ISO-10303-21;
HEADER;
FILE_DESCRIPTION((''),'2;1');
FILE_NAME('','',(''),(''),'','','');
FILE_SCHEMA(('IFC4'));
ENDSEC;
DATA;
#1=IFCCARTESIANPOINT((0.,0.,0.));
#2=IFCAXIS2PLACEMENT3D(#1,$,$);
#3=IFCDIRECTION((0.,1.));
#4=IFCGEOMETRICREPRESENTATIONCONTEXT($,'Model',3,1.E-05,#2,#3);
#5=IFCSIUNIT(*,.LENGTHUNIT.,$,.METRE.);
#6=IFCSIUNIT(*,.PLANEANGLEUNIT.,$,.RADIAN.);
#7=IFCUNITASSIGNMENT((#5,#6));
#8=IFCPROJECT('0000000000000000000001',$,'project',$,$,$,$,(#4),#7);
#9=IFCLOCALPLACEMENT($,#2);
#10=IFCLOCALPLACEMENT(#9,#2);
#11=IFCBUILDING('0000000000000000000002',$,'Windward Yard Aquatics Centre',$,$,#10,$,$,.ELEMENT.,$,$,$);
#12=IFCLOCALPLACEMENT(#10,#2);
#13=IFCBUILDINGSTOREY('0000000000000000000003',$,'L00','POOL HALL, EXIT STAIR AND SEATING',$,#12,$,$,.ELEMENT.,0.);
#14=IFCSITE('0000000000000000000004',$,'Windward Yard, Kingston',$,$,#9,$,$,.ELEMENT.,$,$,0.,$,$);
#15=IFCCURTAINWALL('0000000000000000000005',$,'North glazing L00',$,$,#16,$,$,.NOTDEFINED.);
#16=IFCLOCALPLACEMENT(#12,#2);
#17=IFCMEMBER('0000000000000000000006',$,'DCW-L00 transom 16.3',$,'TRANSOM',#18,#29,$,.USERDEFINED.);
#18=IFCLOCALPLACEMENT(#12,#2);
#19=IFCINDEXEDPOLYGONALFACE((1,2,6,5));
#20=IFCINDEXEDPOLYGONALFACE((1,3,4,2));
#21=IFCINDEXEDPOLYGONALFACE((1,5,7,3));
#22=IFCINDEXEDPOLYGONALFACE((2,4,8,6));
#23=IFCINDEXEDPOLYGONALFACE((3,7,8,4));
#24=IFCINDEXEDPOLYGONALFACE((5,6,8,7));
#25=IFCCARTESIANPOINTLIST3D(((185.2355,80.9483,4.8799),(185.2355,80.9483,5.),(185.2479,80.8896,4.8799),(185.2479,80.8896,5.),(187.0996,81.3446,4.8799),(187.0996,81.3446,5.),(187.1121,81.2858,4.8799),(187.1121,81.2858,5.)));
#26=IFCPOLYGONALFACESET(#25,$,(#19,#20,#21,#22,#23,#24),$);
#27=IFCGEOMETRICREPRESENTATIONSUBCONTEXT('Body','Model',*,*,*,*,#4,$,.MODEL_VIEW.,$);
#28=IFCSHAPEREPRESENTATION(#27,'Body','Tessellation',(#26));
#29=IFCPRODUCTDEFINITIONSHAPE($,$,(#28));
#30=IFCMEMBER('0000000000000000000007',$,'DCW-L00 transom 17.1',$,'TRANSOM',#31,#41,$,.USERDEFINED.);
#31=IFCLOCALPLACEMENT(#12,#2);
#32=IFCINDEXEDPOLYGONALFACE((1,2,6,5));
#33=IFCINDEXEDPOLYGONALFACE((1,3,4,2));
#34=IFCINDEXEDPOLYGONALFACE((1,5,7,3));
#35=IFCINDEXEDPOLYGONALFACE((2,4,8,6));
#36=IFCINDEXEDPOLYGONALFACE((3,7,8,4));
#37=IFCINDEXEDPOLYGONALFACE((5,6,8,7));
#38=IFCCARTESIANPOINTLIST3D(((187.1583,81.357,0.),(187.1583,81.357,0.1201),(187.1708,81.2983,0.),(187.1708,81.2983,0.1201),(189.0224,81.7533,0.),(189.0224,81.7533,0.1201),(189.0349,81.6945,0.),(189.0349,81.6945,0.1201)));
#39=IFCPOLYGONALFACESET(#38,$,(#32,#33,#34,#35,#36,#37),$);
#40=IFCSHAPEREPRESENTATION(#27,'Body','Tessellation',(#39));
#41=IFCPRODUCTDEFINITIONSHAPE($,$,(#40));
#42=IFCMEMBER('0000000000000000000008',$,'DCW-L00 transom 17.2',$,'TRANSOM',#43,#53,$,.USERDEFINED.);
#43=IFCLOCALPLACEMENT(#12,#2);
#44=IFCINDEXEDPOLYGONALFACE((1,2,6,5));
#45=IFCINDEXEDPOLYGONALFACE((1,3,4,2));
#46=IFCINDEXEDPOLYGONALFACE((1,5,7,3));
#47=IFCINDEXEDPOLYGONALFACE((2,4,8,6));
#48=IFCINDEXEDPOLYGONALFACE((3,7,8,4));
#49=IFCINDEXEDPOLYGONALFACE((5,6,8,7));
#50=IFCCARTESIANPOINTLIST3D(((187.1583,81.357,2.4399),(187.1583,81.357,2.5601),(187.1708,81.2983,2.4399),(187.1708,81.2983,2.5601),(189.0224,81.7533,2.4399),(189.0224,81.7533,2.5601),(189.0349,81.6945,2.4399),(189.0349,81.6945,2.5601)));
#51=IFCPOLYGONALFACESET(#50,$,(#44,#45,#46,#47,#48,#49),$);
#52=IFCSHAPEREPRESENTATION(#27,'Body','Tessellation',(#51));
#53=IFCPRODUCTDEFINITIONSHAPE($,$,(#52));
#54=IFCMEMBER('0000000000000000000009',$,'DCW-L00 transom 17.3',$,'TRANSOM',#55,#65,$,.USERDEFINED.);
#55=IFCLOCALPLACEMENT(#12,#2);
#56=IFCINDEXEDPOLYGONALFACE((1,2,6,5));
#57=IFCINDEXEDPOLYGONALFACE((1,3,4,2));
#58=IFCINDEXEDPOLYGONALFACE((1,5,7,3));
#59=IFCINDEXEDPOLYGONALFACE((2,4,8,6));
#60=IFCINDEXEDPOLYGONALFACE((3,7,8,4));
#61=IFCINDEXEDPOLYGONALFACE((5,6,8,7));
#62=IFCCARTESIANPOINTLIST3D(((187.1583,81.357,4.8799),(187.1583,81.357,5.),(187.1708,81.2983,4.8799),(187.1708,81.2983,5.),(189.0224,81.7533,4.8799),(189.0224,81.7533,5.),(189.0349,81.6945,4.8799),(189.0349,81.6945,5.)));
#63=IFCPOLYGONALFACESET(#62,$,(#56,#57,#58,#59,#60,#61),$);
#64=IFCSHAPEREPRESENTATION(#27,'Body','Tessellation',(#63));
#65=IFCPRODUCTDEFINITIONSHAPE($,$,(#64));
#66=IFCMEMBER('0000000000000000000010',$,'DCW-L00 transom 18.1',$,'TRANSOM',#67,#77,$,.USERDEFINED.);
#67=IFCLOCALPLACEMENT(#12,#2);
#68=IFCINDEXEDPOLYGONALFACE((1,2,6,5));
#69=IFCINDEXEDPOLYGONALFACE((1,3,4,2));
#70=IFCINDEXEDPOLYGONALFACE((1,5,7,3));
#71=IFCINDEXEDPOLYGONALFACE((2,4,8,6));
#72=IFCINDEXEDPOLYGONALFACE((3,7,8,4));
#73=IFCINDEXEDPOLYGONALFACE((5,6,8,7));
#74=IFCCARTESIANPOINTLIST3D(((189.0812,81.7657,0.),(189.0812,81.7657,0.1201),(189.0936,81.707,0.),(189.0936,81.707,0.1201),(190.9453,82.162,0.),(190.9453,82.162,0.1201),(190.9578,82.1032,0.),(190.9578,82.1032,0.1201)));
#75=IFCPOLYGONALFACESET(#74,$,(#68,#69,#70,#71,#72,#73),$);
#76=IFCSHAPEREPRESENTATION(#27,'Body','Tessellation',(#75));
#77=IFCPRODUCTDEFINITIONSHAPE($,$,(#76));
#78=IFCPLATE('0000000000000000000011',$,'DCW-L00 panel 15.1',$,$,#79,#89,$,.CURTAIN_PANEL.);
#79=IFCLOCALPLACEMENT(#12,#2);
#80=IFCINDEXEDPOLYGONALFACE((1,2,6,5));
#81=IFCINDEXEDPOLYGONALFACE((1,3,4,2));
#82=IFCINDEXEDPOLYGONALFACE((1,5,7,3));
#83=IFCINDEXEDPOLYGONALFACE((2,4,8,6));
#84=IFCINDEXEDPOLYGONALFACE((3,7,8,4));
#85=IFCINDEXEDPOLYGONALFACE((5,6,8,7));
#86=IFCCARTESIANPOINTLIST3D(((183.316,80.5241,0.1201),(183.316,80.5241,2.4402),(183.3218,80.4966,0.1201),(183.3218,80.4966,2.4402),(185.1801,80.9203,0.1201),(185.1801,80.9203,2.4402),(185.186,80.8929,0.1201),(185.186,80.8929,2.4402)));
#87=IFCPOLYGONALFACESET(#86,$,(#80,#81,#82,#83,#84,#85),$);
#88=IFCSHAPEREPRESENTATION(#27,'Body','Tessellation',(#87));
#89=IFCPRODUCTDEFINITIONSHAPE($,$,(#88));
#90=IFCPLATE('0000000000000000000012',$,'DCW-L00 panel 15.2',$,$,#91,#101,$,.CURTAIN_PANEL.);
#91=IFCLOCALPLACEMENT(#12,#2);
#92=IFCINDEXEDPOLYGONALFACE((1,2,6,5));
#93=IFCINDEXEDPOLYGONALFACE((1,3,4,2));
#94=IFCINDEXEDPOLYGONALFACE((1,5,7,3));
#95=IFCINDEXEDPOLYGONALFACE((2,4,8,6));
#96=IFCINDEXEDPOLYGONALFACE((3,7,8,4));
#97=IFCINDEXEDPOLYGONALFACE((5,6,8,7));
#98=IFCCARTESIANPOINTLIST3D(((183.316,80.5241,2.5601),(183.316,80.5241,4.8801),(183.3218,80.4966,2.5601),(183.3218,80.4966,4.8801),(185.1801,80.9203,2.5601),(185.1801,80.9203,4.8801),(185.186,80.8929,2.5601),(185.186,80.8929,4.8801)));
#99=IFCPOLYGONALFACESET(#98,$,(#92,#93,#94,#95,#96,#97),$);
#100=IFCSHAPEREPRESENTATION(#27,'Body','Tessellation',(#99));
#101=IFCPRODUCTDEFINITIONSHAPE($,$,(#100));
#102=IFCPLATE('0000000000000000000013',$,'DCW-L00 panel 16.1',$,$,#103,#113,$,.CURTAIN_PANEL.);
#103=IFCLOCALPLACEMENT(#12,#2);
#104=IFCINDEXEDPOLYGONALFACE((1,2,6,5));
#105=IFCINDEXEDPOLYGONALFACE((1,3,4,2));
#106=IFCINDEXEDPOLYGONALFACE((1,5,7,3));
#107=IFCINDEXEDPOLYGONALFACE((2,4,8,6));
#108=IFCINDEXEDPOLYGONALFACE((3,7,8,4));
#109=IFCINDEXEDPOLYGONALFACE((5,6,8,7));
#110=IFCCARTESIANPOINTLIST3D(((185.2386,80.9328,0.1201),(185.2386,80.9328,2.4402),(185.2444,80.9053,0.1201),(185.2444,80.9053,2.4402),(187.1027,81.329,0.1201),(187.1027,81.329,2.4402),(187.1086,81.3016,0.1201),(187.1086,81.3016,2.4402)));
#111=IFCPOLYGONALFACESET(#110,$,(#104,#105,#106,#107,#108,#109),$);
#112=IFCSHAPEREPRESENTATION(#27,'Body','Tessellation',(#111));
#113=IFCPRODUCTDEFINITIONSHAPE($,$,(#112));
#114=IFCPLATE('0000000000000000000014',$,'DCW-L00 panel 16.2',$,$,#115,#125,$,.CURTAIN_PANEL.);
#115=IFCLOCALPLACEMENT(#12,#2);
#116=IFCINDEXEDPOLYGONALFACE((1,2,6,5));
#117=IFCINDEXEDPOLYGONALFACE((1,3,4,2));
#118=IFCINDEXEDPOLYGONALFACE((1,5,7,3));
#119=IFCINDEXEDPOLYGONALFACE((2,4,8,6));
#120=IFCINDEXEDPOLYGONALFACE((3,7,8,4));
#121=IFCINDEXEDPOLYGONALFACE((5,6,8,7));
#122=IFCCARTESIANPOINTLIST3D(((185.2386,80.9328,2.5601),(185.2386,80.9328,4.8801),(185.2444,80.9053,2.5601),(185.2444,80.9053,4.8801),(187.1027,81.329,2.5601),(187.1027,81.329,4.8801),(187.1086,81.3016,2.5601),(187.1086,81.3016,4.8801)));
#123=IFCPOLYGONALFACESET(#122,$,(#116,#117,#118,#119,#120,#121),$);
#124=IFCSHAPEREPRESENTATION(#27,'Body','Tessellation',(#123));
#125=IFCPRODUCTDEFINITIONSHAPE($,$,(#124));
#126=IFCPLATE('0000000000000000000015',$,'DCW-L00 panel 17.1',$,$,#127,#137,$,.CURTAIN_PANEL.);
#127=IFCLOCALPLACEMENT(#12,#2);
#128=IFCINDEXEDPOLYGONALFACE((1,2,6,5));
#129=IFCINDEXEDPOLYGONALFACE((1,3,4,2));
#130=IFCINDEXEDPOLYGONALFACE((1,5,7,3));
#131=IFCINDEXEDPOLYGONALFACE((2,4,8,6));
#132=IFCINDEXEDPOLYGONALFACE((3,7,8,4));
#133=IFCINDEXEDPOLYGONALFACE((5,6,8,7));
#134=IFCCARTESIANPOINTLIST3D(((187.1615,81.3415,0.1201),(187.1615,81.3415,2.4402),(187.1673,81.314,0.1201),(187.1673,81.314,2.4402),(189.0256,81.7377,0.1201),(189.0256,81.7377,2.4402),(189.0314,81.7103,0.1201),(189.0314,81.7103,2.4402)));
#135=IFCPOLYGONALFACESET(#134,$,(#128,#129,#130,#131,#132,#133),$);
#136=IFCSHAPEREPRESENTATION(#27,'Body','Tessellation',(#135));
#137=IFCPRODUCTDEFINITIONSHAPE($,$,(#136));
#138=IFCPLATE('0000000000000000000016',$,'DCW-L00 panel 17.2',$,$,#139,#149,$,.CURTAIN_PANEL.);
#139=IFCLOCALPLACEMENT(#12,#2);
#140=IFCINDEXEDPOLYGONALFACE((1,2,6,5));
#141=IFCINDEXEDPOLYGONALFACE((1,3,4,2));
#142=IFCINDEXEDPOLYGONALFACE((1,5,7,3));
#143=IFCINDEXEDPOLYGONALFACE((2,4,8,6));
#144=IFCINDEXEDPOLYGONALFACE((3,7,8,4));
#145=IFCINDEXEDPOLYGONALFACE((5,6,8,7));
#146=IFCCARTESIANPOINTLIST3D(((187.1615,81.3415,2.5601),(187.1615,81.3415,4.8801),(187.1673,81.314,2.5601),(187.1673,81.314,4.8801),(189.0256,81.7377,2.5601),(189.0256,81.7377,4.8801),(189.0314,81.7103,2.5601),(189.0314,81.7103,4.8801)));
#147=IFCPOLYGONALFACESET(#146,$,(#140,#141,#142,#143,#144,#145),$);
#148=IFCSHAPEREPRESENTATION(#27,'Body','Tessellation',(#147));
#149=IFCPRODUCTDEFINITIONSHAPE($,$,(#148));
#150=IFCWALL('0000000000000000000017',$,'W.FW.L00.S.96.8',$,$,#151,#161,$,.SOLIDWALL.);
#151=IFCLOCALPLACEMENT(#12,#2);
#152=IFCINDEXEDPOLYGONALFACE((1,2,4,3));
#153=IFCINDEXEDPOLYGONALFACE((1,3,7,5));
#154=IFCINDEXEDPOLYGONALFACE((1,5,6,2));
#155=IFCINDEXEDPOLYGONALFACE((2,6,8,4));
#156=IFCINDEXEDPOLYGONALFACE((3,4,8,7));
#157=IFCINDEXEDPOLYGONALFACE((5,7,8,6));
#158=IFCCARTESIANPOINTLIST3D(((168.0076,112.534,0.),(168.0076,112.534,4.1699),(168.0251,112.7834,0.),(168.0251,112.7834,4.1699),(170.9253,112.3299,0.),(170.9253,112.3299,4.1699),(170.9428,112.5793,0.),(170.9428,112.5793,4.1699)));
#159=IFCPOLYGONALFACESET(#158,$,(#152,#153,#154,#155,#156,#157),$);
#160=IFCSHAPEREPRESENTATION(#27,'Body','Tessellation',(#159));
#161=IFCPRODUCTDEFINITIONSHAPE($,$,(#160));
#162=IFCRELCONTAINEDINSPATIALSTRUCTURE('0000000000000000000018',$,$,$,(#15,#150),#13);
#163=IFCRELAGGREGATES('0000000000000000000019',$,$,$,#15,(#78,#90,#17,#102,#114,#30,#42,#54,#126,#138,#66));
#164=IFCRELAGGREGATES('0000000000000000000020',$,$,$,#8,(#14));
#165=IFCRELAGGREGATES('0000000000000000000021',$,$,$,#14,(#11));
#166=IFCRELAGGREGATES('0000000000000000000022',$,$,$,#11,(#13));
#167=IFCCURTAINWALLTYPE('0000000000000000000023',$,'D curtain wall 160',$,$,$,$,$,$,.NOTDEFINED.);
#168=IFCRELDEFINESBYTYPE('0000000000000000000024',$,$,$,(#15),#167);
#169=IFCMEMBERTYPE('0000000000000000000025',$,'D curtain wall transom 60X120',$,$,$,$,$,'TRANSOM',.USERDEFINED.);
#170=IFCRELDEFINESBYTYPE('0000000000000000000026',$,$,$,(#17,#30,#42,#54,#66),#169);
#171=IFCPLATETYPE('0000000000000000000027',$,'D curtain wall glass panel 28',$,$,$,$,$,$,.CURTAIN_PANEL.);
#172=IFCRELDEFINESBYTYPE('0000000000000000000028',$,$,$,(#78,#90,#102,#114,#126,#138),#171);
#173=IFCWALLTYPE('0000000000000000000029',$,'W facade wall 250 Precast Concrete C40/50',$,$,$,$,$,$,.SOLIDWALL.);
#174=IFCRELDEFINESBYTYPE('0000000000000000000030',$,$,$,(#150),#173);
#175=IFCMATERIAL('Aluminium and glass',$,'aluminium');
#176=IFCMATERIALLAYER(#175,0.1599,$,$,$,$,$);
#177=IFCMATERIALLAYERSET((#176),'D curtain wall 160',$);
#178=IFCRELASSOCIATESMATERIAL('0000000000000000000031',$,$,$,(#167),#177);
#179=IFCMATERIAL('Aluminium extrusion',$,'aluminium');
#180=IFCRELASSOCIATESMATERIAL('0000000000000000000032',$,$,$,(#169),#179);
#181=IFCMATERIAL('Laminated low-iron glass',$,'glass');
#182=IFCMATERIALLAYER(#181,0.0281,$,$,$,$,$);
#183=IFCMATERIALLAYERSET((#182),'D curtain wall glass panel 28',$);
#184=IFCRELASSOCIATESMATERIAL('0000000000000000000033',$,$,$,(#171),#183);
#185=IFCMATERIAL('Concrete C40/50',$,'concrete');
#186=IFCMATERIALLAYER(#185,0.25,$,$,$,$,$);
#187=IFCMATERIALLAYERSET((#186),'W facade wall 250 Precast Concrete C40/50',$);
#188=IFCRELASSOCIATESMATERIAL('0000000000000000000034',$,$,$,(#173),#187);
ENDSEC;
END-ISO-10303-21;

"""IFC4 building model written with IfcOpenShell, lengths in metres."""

from ifc_helpers import new_model, si_unit, direction, frame, frame_2d, origin, origin_2d, place, context, subcontext, project, spatial, rectangle, extrude, material, layer, layer_set, material_profile, profile_set, type_object, element, aggregate, save


model = new_model("IFC4")

# Units and contexts
model_context = context("Model", 3, precision=1e-05, world=origin(), true_north=direction((0.0, 1.0)))
body_context = subcontext(model_context, "Body", "Model", "MODEL_VIEW")
ifc_project = project(units=[si_unit("LENGTHUNIT", "METRE"), si_unit("PLANEANGLEUNIT", "RADIAN")], contexts=[model_context])

# Site, building, storey
site_placement = place(None, origin())
site = spatial("IfcSite", under=ifc_project, at=site_placement, Name="Windward Yard, Kingston", CompositionType="ELEMENT", RefElevation=0.0)
building_placement = place(site_placement, origin())
building = spatial("IfcBuilding", under=site, at=building_placement, Name="Windward Yard Aquatics Centre", CompositionType="ELEMENT")
storey_placement = place(building_placement, origin())
storey = spatial("IfcBuildingStorey", under=building, at=storey_placement, Name="L00", Description="POOL HALL, EXIT STAIR AND SEATING", CompositionType="ELEMENT", Elevation=0.0)

# Curtain wall, members, plates
ifc_material_1 = material(Name="Aluminium and glass", Category="aluminium")
ifc_layer_1 = layer(ifc_material_1, 0.1599)
ifc_layer_set_1 = layer_set([ifc_layer_1], Name="D curtain wall 160")
curtain_wall_type = type_object("IfcCurtainWallType", Name="D curtain wall 160", PredefinedType="NOTDEFINED", material=ifc_layer_set_1)
curtain_wall_placement = place(storey_placement, origin())
curtain_wall = element("IfcCurtainWall", 1, at=curtain_wall_placement, inside=storey, type_object=curtain_wall_type, Name="North glazing L00", PredefinedType="NOTDEFINED")
ifc_material_2 = material(Name="Aluminium extrusion", Category="aluminium")
ifc_material_profile_1 = material_profile(ifc_material_2, rectangle(XDim=0.0601, YDim=0.1201, at=origin_2d()), Name="TRANSOM 60X120")
ifc_profile_set_1 = profile_set([ifc_material_profile_1], Name="Aluminium extrusion")
member_type_1 = type_object("IfcMemberType", Name="D curtain wall transom 60X120", ElementType="TRANSOM", PredefinedType="USERDEFINED", material=ifc_profile_set_1)
member_1_placement = place(storey_placement, frame((185.2417, 80.9189, 4.9399), z_axis=(0.978144, 0.207928, 0.0), x_axis=(-0.207928, 0.978144, 0.0)))
member_1 = element("IfcMember", 2, at=member_1_placement, type_object=member_type_1, Name="DCW-L00 transom 16.3", ObjectType="TRANSOM", PredefinedType="USERDEFINED", context=body_context, shape_type="SweptSolid", body=[
    extrude(rectangle(XDim=0.0601, YDim=0.1201, at=origin_2d()), origin(), (0.0, 0.0, 1.0), 1.9058),
])
member_2_placement = place(storey_placement, frame((187.1646, 81.3276, 0.0601), z_axis=(0.978144, 0.207928, 0.0), x_axis=(-0.207928, 0.978144, 0.0)))
member_2 = element("IfcMember", 3, at=member_2_placement, type_object=member_type_1, Name="DCW-L00 transom 17.1", ObjectType="TRANSOM", PredefinedType="USERDEFINED", context=body_context, shape_type="SweptSolid", body=[
    extrude(rectangle(XDim=0.0601, YDim=0.1201, at=origin_2d()), origin(), (0.0, 0.0, 1.0), 1.9058),
])
member_3_placement = place(storey_placement, frame((187.1646, 81.3276, 2.5), z_axis=(0.978144, 0.207928, 0.0), x_axis=(-0.207928, 0.978144, 0.0)))
member_3 = element("IfcMember", 4, at=member_3_placement, type_object=member_type_1, Name="DCW-L00 transom 17.2", ObjectType="TRANSOM", PredefinedType="USERDEFINED", context=body_context, shape_type="SweptSolid", body=[
    extrude(rectangle(XDim=0.0601, YDim=0.1201, at=origin_2d()), origin(), (0.0, 0.0, 1.0), 1.9058),
])
member_4_placement = place(storey_placement, frame((187.1646, 81.3276, 4.9399), z_axis=(0.978144, 0.207928, 0.0), x_axis=(-0.207928, 0.978144, 0.0)))
member_4 = element("IfcMember", 5, at=member_4_placement, type_object=member_type_1, Name="DCW-L00 transom 17.3", ObjectType="TRANSOM", PredefinedType="USERDEFINED", context=body_context, shape_type="SweptSolid", body=[
    extrude(rectangle(XDim=0.0601, YDim=0.1201, at=origin_2d()), origin(), (0.0, 0.0, 1.0), 1.9058),
])
member_5_placement = place(storey_placement, frame((189.0874, 81.7363, 0.0601), z_axis=(0.978144, 0.207928, 0.0), x_axis=(-0.207928, 0.978144, 0.0)))
member_5 = element("IfcMember", 6, at=member_5_placement, type_object=member_type_1, Name="DCW-L00 transom 18.1", ObjectType="TRANSOM", PredefinedType="USERDEFINED", context=body_context, shape_type="SweptSolid", body=[
    extrude(rectangle(XDim=0.0601, YDim=0.1201, at=origin_2d()), origin(), (0.0, 0.0, 1.0), 1.9058),
])
ifc_material_3 = material(Name="Laminated low-iron glass", Category="glass")
ifc_layer_2 = layer(ifc_material_3, 0.0281)
ifc_layer_set_2 = layer_set([ifc_layer_2], Name="D curtain wall glass panel 28")
plate_type = type_object("IfcPlateType", Name="D curtain wall glass panel 28", PredefinedType="CURTAIN_PANEL", material=ifc_layer_set_2)
plate_1_placement = place(storey_placement, frame((184.251, 80.7085, 0.1201), z_axis=(0.0, 0.0, 1.0), x_axis=(0.978148, 0.207912, 0.0)))
plate_1 = element("IfcPlate", 7, at=plate_1_placement, type_object=plate_type, Name="DCW-L00 panel 15.1", PredefinedType="CURTAIN_PANEL", context=body_context, shape_type="SweptSolid", body=[
    extrude(rectangle(XDim=1.9058, YDim=0.0281, at=origin_2d()), origin(), (0.0, 0.0, 1.0), 2.3201),
])
plate_2_placement = place(storey_placement, frame((184.251, 80.7085, 2.5601), z_axis=(0.0, 0.0, 1.0), x_axis=(0.978148, 0.207912, 0.0)))
plate_2 = element("IfcPlate", 8, at=plate_2_placement, type_object=plate_type, Name="DCW-L00 panel 15.2", PredefinedType="CURTAIN_PANEL", context=body_context, shape_type="SweptSolid", body=[
    extrude(rectangle(XDim=1.9058, YDim=0.0281, at=origin_2d()), origin(), (0.0, 0.0, 1.0), 2.3201),
])
plate_3_placement = place(storey_placement, frame((186.1736, 81.1172, 0.1201), z_axis=(0.0, 0.0, 1.0), x_axis=(0.978148, 0.207912, 0.0)))
plate_3 = element("IfcPlate", 9, at=plate_3_placement, type_object=plate_type, Name="DCW-L00 panel 16.1", PredefinedType="CURTAIN_PANEL", context=body_context, shape_type="SweptSolid", body=[
    extrude(rectangle(XDim=1.9058, YDim=0.0281, at=origin_2d()), origin(), (0.0, 0.0, 1.0), 2.3201),
])
plate_4_placement = place(storey_placement, frame((186.1736, 81.1172, 2.5601), z_axis=(0.0, 0.0, 1.0), x_axis=(0.978148, 0.207912, 0.0)))
plate_4 = element("IfcPlate", 10, at=plate_4_placement, type_object=plate_type, Name="DCW-L00 panel 16.2", PredefinedType="CURTAIN_PANEL", context=body_context, shape_type="SweptSolid", body=[
    extrude(rectangle(XDim=1.9058, YDim=0.0281, at=origin_2d()), origin(), (0.0, 0.0, 1.0), 2.3201),
])
plate_5_placement = place(storey_placement, frame((188.0964, 81.5259, 0.1201), z_axis=(0.0, 0.0, 1.0), x_axis=(0.978148, 0.207912, 0.0)))
plate_5 = element("IfcPlate", 11, at=plate_5_placement, type_object=plate_type, Name="DCW-L00 panel 17.1", PredefinedType="CURTAIN_PANEL", context=body_context, shape_type="SweptSolid", body=[
    extrude(rectangle(XDim=1.9058, YDim=0.0281, at=origin_2d()), origin(), (0.0, 0.0, 1.0), 2.3201),
])
plate_6_placement = place(storey_placement, frame((188.0964, 81.5259, 2.5601), z_axis=(0.0, 0.0, 1.0), x_axis=(0.978148, 0.207912, 0.0)))
plate_6 = element("IfcPlate", 12, at=plate_6_placement, type_object=plate_type, Name="DCW-L00 panel 17.2", PredefinedType="CURTAIN_PANEL", context=body_context, shape_type="SweptSolid", body=[
    extrude(rectangle(XDim=1.9058, YDim=0.0281, at=origin_2d()), origin(), (0.0, 0.0, 1.0), 2.3201),
])
aggregate(curtain_wall, [plate_1, plate_2, member_1, plate_3, plate_4, member_2, member_3, member_4, plate_5, plate_6, member_5])

# Wall
ifc_material_4 = material(Name="Concrete C40/50", Category="concrete")
ifc_layer_3 = layer(ifc_material_4, 0.25)
ifc_layer_set_3 = layer_set([ifc_layer_3], Name="W facade wall 250 Precast Concrete C40/50")
wall_type_1 = type_object("IfcWallType", Name="W facade wall 250 Precast Concrete C40/50", PredefinedType="SOLIDWALL", material=ifc_layer_set_3)
wall_1_placement = place(storey_placement, frame((168.0164, 112.6587, 0.0), z_axis=(0.0, 0.0, 1.0), x_axis=(0.997562, -0.069782, 0.0)))
element("IfcWall", 13, at=wall_1_placement, inside=storey, type_object=wall_type_1, Name="W.FW.L00.S.96.8", PredefinedType="SOLIDWALL", context=body_context, shape_type="SweptSolid", body=[
    extrude(rectangle(XDim=2.9248, YDim=0.25, at=frame_2d((1.4624, 0.0))), origin(), (0.0, 0.0, 1.0), 4.1699),
])

save(model, "model.ifc")
